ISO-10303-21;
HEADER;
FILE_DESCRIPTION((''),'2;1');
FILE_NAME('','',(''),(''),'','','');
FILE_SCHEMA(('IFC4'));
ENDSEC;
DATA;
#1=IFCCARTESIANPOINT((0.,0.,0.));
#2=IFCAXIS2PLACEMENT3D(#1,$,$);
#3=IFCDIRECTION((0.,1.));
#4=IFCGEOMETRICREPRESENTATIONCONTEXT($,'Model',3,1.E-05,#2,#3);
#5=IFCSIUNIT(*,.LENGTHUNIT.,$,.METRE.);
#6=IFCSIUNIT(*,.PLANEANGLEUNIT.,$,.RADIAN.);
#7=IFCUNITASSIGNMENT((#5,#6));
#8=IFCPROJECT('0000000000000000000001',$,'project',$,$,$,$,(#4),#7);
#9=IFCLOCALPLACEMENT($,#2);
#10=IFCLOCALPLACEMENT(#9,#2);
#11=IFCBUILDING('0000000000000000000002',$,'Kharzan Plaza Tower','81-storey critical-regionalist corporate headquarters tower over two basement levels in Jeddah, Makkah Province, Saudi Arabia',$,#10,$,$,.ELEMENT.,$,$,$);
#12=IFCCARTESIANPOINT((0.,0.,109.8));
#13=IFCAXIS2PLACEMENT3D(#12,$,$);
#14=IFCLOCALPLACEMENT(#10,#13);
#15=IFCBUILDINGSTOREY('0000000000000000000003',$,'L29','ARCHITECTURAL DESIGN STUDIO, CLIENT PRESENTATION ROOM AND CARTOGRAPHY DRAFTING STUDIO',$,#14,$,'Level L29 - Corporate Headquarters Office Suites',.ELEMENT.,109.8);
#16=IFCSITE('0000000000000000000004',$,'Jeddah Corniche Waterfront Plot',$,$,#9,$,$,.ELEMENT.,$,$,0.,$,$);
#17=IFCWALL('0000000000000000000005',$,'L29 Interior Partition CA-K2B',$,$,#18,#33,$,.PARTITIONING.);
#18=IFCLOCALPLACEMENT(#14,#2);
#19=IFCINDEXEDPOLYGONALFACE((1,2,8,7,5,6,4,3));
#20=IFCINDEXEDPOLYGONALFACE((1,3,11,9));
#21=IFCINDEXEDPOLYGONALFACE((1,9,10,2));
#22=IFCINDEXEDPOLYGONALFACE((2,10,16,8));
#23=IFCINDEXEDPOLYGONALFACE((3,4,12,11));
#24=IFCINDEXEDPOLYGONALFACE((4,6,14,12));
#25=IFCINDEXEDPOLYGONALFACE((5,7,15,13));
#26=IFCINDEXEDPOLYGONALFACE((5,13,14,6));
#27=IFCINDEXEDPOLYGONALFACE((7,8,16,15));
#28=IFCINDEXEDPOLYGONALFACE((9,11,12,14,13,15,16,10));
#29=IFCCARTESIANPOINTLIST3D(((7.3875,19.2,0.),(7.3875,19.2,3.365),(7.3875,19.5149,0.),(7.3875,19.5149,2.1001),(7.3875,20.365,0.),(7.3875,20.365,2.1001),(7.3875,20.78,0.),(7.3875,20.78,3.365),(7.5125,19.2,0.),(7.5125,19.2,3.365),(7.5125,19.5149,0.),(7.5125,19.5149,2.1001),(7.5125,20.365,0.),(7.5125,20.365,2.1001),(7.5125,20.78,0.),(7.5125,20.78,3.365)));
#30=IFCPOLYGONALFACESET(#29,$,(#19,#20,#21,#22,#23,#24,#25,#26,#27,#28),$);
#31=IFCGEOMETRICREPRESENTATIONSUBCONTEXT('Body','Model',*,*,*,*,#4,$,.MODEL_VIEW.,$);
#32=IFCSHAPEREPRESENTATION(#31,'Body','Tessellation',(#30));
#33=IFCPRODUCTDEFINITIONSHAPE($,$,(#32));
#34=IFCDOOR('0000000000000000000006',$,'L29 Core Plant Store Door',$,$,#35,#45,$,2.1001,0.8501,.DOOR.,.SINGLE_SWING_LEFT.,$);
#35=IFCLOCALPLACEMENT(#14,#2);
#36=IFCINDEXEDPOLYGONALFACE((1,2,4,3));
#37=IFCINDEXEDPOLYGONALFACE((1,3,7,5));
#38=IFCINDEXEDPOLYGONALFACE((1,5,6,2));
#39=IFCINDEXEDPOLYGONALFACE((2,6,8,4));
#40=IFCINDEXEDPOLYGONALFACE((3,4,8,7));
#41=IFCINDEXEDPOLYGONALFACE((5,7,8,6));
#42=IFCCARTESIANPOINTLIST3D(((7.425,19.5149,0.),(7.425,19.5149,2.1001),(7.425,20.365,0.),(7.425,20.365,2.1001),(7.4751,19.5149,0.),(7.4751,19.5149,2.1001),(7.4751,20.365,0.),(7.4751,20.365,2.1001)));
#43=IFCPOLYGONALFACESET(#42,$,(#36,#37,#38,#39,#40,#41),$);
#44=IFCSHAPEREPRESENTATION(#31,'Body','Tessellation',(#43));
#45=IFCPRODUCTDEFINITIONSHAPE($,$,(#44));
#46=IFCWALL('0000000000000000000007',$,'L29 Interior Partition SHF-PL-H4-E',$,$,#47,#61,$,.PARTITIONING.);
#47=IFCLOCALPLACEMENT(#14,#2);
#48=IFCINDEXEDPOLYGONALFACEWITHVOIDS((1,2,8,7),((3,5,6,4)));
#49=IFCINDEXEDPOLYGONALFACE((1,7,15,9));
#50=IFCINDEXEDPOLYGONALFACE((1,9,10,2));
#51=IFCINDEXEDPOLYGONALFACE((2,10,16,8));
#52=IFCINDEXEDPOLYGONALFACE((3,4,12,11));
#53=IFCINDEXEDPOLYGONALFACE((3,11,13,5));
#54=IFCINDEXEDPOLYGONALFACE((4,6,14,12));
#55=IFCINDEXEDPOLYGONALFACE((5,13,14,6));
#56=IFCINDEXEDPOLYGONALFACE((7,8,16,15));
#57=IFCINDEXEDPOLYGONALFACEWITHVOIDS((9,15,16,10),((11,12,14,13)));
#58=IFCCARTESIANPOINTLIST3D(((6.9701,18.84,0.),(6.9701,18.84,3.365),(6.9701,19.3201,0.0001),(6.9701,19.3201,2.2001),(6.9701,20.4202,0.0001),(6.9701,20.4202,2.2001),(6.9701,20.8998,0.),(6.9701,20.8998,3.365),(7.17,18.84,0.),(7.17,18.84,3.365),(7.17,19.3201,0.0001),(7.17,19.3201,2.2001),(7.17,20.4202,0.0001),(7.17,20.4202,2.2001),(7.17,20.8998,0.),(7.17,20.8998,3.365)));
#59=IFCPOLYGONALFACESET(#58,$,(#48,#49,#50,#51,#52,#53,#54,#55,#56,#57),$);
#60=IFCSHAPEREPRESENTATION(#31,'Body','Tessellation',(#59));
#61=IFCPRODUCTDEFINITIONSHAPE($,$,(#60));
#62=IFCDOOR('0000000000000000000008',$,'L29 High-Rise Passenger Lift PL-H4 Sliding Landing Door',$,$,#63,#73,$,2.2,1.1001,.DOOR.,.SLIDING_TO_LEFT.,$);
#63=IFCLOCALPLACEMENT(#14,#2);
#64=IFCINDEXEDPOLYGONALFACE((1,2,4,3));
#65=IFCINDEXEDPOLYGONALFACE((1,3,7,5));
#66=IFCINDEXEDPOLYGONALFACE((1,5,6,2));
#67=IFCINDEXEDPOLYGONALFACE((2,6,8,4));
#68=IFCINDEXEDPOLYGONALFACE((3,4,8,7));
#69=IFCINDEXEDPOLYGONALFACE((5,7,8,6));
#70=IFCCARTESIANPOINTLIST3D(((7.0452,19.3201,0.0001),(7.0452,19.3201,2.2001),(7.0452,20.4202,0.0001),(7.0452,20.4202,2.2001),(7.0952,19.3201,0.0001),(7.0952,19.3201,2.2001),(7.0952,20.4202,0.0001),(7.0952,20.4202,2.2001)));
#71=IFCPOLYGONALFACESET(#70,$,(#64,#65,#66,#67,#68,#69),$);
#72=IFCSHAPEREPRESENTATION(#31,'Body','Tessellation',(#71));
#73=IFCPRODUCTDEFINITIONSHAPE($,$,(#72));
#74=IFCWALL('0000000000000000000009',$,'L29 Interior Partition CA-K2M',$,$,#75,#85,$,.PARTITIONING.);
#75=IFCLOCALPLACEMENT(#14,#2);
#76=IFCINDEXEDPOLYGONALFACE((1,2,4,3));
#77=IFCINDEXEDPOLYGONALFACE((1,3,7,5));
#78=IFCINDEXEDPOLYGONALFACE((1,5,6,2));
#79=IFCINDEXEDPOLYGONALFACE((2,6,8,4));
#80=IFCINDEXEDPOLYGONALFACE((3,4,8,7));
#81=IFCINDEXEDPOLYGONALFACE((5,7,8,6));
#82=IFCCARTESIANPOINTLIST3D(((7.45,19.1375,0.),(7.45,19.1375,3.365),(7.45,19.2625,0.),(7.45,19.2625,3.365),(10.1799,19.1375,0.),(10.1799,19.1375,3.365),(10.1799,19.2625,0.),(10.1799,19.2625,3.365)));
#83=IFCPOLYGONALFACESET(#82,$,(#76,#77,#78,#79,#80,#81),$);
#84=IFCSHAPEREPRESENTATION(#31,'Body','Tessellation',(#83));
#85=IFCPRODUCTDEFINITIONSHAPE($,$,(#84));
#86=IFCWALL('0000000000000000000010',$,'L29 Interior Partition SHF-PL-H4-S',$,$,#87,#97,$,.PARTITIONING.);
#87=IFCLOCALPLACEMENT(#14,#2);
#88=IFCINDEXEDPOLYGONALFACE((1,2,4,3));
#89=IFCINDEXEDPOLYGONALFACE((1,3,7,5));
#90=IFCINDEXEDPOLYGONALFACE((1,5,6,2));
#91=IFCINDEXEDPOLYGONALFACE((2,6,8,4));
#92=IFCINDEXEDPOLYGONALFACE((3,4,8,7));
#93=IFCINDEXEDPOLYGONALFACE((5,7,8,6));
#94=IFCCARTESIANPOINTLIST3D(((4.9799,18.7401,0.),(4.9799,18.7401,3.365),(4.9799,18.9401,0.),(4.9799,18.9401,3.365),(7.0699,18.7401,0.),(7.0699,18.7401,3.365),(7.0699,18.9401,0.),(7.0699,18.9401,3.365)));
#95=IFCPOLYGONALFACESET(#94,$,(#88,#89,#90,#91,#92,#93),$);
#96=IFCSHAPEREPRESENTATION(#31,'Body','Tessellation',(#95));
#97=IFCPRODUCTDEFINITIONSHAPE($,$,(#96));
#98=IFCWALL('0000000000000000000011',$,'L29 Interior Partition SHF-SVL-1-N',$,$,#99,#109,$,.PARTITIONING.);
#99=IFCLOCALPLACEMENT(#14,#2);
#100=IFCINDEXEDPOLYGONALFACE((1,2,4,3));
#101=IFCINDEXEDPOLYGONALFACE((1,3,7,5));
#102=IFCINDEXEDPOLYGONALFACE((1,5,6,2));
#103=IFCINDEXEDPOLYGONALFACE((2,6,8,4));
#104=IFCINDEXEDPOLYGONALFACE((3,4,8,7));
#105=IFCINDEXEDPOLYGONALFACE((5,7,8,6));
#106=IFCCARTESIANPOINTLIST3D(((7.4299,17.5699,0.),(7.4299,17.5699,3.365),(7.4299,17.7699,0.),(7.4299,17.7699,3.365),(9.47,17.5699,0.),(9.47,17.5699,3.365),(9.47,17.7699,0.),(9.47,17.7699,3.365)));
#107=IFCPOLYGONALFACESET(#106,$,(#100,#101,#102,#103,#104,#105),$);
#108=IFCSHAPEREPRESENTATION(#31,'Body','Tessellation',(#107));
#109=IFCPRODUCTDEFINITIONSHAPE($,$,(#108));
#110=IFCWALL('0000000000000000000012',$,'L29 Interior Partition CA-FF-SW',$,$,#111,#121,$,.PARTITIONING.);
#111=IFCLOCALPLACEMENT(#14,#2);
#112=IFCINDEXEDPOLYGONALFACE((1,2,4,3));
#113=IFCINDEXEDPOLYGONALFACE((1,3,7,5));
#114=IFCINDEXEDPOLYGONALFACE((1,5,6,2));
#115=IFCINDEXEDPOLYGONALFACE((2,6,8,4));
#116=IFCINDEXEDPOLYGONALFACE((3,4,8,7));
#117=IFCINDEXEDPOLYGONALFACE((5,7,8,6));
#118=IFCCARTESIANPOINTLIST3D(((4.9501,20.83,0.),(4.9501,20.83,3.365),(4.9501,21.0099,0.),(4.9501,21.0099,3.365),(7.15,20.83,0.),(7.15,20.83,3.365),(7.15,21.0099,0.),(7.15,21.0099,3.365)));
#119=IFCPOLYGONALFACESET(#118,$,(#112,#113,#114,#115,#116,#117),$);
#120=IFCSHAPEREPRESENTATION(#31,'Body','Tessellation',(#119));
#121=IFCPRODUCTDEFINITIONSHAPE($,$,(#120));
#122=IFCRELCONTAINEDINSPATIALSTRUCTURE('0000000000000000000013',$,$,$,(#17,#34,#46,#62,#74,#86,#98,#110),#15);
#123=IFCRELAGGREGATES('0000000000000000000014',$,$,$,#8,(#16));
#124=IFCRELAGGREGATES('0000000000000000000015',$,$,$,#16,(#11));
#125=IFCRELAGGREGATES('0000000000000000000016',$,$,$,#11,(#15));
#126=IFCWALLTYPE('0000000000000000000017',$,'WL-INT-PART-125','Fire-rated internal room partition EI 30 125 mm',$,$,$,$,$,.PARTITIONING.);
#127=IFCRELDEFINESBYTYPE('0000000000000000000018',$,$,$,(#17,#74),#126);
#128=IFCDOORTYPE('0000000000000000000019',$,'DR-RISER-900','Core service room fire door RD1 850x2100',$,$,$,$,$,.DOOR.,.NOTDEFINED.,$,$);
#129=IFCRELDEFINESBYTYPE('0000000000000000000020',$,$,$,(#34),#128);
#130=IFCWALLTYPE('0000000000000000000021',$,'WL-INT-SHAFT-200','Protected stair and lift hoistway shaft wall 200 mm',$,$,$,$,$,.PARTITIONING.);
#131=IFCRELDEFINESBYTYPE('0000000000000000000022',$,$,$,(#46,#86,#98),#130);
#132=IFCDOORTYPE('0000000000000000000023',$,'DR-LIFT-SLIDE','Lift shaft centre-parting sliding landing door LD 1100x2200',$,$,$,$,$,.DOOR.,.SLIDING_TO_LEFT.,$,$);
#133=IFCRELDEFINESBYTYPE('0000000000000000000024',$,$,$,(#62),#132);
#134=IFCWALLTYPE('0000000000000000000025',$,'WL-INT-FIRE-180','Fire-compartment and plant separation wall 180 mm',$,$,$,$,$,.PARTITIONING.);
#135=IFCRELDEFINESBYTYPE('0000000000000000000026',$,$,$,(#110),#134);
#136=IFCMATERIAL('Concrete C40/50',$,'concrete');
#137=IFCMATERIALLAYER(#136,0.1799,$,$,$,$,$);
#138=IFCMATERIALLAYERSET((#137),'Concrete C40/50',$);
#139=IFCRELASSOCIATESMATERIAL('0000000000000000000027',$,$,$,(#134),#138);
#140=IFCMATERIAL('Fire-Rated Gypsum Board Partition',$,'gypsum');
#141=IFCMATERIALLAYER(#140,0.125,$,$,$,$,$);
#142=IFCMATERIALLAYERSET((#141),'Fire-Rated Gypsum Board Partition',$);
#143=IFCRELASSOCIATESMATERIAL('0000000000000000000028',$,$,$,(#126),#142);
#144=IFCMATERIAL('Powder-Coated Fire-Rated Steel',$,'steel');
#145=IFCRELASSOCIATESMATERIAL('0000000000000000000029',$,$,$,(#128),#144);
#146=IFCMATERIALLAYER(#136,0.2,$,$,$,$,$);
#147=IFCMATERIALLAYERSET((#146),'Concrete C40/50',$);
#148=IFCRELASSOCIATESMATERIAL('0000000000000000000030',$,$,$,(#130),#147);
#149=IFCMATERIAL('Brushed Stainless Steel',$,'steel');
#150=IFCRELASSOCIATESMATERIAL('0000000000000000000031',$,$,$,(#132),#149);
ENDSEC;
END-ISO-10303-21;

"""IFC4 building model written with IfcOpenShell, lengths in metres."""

from ifc_helpers import new_model, si_unit, direction, frame, frame_2d, origin, place, context, subcontext, project, spatial, rectangle, extrude, source, transform, mapped, material, layer, layer_set, type_object, element, fill, save


model = new_model("IFC4")

# Units and contexts
model_context = context("Model", 3, precision=1e-05, world=origin(), true_north=direction((0.0, 1.0)))
body_context = subcontext(model_context, "Body", "Model", "MODEL_VIEW")
ifc_project = project(units=[si_unit("LENGTHUNIT", "METRE"), si_unit("PLANEANGLEUNIT", "RADIAN")], contexts=[model_context])

# Site, building, storey
site_placement = place(None, origin())
site = spatial("IfcSite", under=ifc_project, at=site_placement, Name="Jeddah Corniche Waterfront Plot", CompositionType="ELEMENT", RefElevation=0.0)
building_placement = place(site_placement, origin())
building = spatial("IfcBuilding", under=site, at=building_placement, Name="Kharzan Plaza Tower", Description="81-storey critical-regionalist corporate headquarters tower over two basement levels in Jeddah, Makkah Province, Saudi Arabia", CompositionType="ELEMENT")
storey_placement = place(building_placement, frame((0.0, 0.0, 109.8)))
storey = spatial("IfcBuildingStorey", under=building, at=storey_placement, Name="L29", Description="ARCHITECTURAL DESIGN STUDIO, CLIENT PRESENTATION ROOM AND CARTOGRAPHY DRAFTING STUDIO", LongName="Level L29 - Corporate Headquarters Office Suites", CompositionType="ELEMENT", Elevation=109.8)

# Shared definitions
ifc_material_1 = material(Name="Concrete C40/50", Category="concrete")

# Walls, openings, doors
ifc_layer_1 = layer(ifc_material_1, 0.1799)
ifc_layer_set_1 = layer_set([ifc_layer_1], Name="Concrete C40/50")
wall_type_1 = type_object("IfcWallType", Name="WL-INT-FIRE-180", Description="Fire-compartment and plant separation wall 180 mm", PredefinedType="PARTITIONING", material=ifc_layer_set_1)
ifc_material_2 = material(Name="Fire-Rated Gypsum Board Partition", Category="gypsum")
ifc_layer_2 = layer(ifc_material_2, 0.125)
ifc_layer_set_2 = layer_set([ifc_layer_2], Name="Fire-Rated Gypsum Board Partition")
wall_type_2 = type_object("IfcWallType", Name="WL-INT-PART-125", Description="Fire-rated internal room partition EI 30 125 mm", PredefinedType="PARTITIONING", material=ifc_layer_set_2)
wall_1_placement = place(storey_placement, frame((7.45, 19.2, 0.0), z_axis=(0.0, 0.0, 1.0), x_axis=(0.0, 1.0, 0.0)))
wall_1 = element("IfcWall", 1, at=wall_1_placement, inside=storey, type_object=wall_type_2, Name="L29 Interior Partition CA-K2B", PredefinedType="PARTITIONING", context=body_context, shape_type="SweptSolid", body=[
    extrude(rectangle(XDim=1.5801, YDim=0.125, at=frame_2d((0.79, 0.0))), origin(), (0.0, 0.0, 1.0), 3.365),
])
opening_1_placement = place(wall_1_placement, frame((0.3149, 0.0, 0.0)))
opening_1 = element("IfcOpeningElement", 2, at=opening_1_placement, cuts=wall_1, PredefinedType="OPENING", context=body_context, shape_type="SweptSolid", body=[
    extrude(rectangle(XDim=0.8501, YDim=2.1001, at=frame_2d((0.425, 1.05))), frame((0.0, 0.0725, 0.0), z_axis=(0.0, -1.0, 0.0), x_axis=(1.0, 0.0, 0.0)), (0.0, 0.0, 1.0), 0.145),
])
ifc_material_3 = material(Name="Powder-Coated Fire-Rated Steel", Category="steel")
door_type_1 = type_object("IfcDoorType", Name="DR-RISER-900", Description="Core service room fire door RD1 850x2100", OperationType="NOTDEFINED", PredefinedType="DOOR", material=ifc_material_3)
shared_shape_1 = source(origin(), body_context, "Body", "SweptSolid", [
    extrude(rectangle(XDim=0.8501, YDim=2.1001, at=frame_2d((0.425, 1.05))), frame((0.0, 0.0249, 0.0), z_axis=(0.0, -1.0, 0.0), x_axis=(1.0, 0.0, 0.0)), (0.0, 0.0, 1.0), 0.05),
])
door_1_placement = place(opening_1_placement, origin())
door_1 = element("IfcDoor", 3, at=door_1_placement, inside=storey, type_object=door_type_1, Name="L29 Core Plant Store Door", OperationType="SINGLE_SWING_LEFT", OverallHeight=2.1001, OverallWidth=0.8501, PredefinedType="DOOR", context=body_context, shape_type="MappedRepresentation", body=[
    mapped(shared_shape_1, transform((0.0, 0.0, 0.0), x_axis=(1.0, 0.0, 0.0), y_axis=(0.0, 1.0, 0.0), z_axis=(0.0, 0.0, 1.0))),
])
fill(opening_1, door_1)
ifc_layer_3 = layer(ifc_material_1, 0.2)
ifc_layer_set_3 = layer_set([ifc_layer_3], Name="Concrete C40/50")
wall_type_3 = type_object("IfcWallType", Name="WL-INT-SHAFT-200", Description="Protected stair and lift hoistway shaft wall 200 mm", PredefinedType="PARTITIONING", material=ifc_layer_set_3)
wall_2_placement = place(storey_placement, frame((7.0701, 18.8401, 0.0), z_axis=(0.0, 0.0, 1.0), x_axis=(0.0, 1.0, 0.0)))
wall_2 = element("IfcWall", 4, at=wall_2_placement, inside=storey, type_object=wall_type_3, Name="L29 Interior Partition SHF-PL-H4-E", PredefinedType="PARTITIONING", context=body_context, shape_type="SweptSolid", body=[
    extrude(rectangle(XDim=2.0598, YDim=0.2, at=frame_2d((1.0298, 0.0))), origin(), (0.0, 0.0, 1.0), 3.365),
])
opening_2_placement = place(wall_2_placement, frame((0.48, 0.0, 0.0)))
opening_2 = element("IfcOpeningElement", 5, at=opening_2_placement, cuts=wall_2, PredefinedType="OPENING", context=body_context, shape_type="SweptSolid", body=[
    extrude(rectangle(XDim=1.1001, YDim=2.2, at=frame_2d((0.55, 1.1001))), frame((0.0, 0.1099, 0.0), z_axis=(0.0, -1.0, 0.0), x_axis=(1.0, 0.0, 0.0)), (0.0, 0.0, 1.0), 0.22),
])
ifc_material_4 = material(Name="Brushed Stainless Steel", Category="steel")
door_type_2 = type_object("IfcDoorType", Name="DR-LIFT-SLIDE", Description="Lift shaft centre-parting sliding landing door LD 1100x2200", OperationType="SLIDING_TO_LEFT", PredefinedType="DOOR", material=ifc_material_4)
shared_shape_2 = source(origin(), body_context, "Body", "SweptSolid", [
    extrude(rectangle(XDim=1.1001, YDim=2.2, at=frame_2d((0.55, 1.1001))), frame((0.0, 0.0249, 0.0), z_axis=(0.0, -1.0, 0.0), x_axis=(1.0, 0.0, 0.0)), (0.0, 0.0, 1.0), 0.05),
])
door_2_placement = place(opening_2_placement, origin())
door_2 = element("IfcDoor", 6, at=door_2_placement, inside=storey, type_object=door_type_2, Name="L29 High-Rise Passenger Lift PL-H4 Sliding Landing Door", OperationType="SLIDING_TO_LEFT", OverallHeight=2.2, OverallWidth=1.1001, PredefinedType="DOOR", context=body_context, shape_type="MappedRepresentation", body=[
    mapped(shared_shape_2, transform((0.0, 0.0, 0.0), x_axis=(1.0, 0.0, 0.0), y_axis=(0.0, 1.0, 0.0), z_axis=(0.0, 0.0, 1.0))),
])
fill(opening_2, door_2)

# Walls
shared_shape_3 = source(origin(), body_context, "Body", "SweptSolid", [
    extrude(rectangle(XDim=2.73, YDim=0.125, at=frame_2d((1.365, 0.0))), origin(), (0.0, 0.0, 1.0), 3.365),
])
wall_3_placement = place(storey_placement, frame((7.45, 19.2, 0.0), z_axis=(0.0, 0.0, 1.0), x_axis=(1.0, 0.0, 0.0)))
element("IfcWall", 7, at=wall_3_placement, inside=storey, type_object=wall_type_2, Name="L29 Interior Partition CA-K2M", PredefinedType="PARTITIONING", context=body_context, shape_type="MappedRepresentation", body=[
    mapped(shared_shape_3, transform((0.0, 0.0, 0.0), x_axis=(1.0, 0.0, 0.0), y_axis=(0.0, 1.0, 0.0), z_axis=(0.0, 0.0, 1.0))),
])
shared_shape_4 = source(origin(), body_context, "Body", "SweptSolid", [
    extrude(rectangle(XDim=2.0901, YDim=0.2, at=frame_2d((1.0449, 0.0))), origin(), (0.0, 0.0, 1.0), 3.365),
])
wall_4_placement = place(storey_placement, frame((4.98, 18.8401, 0.0), z_axis=(0.0, 0.0, 1.0), x_axis=(1.0, 0.0, 0.0)))
element("IfcWall", 8, at=wall_4_placement, inside=storey, type_object=wall_type_3, Name="L29 Interior Partition SHF-PL-H4-S", PredefinedType="PARTITIONING", context=body_context, shape_type="MappedRepresentation", body=[
    mapped(shared_shape_4, transform((0.0, 0.0, 0.0), x_axis=(1.0, 0.0, 0.0), y_axis=(0.0, 1.0, 0.0), z_axis=(0.0, 0.0, 1.0))),
])
shared_shape_5 = source(origin(), body_context, "Body", "SweptSolid", [
    extrude(rectangle(XDim=2.04, YDim=0.2, at=frame_2d((1.02, 0.0))), origin(), (0.0, 0.0, 1.0), 3.365),
])
wall_5_placement = place(storey_placement, frame((7.4299, 17.6699, 0.0), z_axis=(0.0, 0.0, 1.0), x_axis=(1.0, 0.0, 0.0)))
element("IfcWall", 9, at=wall_5_placement, inside=storey, type_object=wall_type_3, Name="L29 Interior Partition SHF-SVL-1-N", PredefinedType="PARTITIONING", context=body_context, shape_type="MappedRepresentation", body=[
    mapped(shared_shape_5, transform((0.0, 0.0, 0.0), x_axis=(1.0, 0.0, 0.0), y_axis=(0.0, 1.0, 0.0), z_axis=(0.0, 0.0, 1.0))),
])
shared_shape_6 = source(origin(), body_context, "Body", "SweptSolid", [
    extrude(rectangle(XDim=2.2, YDim=0.1799, at=frame_2d((1.1001, 0.0))), origin(), (0.0, 0.0, 1.0), 3.365),
])
wall_6_placement = place(storey_placement, frame((4.95, 20.9199, 0.0), z_axis=(0.0, 0.0, 1.0), x_axis=(1.0, 0.0, 0.0)))
element("IfcWall", 10, at=wall_6_placement, inside=storey, type_object=wall_type_1, Name="L29 Interior Partition CA-FF-SW", PredefinedType="PARTITIONING", context=body_context, shape_type="MappedRepresentation", body=[
    mapped(shared_shape_6, transform((0.0, 0.0, 0.0), x_axis=(1.0, 0.0, 0.0), y_axis=(0.0, 1.0, 0.0), z_axis=(0.0, 0.0, 1.0))),
])

save(model, "model.ifc")
